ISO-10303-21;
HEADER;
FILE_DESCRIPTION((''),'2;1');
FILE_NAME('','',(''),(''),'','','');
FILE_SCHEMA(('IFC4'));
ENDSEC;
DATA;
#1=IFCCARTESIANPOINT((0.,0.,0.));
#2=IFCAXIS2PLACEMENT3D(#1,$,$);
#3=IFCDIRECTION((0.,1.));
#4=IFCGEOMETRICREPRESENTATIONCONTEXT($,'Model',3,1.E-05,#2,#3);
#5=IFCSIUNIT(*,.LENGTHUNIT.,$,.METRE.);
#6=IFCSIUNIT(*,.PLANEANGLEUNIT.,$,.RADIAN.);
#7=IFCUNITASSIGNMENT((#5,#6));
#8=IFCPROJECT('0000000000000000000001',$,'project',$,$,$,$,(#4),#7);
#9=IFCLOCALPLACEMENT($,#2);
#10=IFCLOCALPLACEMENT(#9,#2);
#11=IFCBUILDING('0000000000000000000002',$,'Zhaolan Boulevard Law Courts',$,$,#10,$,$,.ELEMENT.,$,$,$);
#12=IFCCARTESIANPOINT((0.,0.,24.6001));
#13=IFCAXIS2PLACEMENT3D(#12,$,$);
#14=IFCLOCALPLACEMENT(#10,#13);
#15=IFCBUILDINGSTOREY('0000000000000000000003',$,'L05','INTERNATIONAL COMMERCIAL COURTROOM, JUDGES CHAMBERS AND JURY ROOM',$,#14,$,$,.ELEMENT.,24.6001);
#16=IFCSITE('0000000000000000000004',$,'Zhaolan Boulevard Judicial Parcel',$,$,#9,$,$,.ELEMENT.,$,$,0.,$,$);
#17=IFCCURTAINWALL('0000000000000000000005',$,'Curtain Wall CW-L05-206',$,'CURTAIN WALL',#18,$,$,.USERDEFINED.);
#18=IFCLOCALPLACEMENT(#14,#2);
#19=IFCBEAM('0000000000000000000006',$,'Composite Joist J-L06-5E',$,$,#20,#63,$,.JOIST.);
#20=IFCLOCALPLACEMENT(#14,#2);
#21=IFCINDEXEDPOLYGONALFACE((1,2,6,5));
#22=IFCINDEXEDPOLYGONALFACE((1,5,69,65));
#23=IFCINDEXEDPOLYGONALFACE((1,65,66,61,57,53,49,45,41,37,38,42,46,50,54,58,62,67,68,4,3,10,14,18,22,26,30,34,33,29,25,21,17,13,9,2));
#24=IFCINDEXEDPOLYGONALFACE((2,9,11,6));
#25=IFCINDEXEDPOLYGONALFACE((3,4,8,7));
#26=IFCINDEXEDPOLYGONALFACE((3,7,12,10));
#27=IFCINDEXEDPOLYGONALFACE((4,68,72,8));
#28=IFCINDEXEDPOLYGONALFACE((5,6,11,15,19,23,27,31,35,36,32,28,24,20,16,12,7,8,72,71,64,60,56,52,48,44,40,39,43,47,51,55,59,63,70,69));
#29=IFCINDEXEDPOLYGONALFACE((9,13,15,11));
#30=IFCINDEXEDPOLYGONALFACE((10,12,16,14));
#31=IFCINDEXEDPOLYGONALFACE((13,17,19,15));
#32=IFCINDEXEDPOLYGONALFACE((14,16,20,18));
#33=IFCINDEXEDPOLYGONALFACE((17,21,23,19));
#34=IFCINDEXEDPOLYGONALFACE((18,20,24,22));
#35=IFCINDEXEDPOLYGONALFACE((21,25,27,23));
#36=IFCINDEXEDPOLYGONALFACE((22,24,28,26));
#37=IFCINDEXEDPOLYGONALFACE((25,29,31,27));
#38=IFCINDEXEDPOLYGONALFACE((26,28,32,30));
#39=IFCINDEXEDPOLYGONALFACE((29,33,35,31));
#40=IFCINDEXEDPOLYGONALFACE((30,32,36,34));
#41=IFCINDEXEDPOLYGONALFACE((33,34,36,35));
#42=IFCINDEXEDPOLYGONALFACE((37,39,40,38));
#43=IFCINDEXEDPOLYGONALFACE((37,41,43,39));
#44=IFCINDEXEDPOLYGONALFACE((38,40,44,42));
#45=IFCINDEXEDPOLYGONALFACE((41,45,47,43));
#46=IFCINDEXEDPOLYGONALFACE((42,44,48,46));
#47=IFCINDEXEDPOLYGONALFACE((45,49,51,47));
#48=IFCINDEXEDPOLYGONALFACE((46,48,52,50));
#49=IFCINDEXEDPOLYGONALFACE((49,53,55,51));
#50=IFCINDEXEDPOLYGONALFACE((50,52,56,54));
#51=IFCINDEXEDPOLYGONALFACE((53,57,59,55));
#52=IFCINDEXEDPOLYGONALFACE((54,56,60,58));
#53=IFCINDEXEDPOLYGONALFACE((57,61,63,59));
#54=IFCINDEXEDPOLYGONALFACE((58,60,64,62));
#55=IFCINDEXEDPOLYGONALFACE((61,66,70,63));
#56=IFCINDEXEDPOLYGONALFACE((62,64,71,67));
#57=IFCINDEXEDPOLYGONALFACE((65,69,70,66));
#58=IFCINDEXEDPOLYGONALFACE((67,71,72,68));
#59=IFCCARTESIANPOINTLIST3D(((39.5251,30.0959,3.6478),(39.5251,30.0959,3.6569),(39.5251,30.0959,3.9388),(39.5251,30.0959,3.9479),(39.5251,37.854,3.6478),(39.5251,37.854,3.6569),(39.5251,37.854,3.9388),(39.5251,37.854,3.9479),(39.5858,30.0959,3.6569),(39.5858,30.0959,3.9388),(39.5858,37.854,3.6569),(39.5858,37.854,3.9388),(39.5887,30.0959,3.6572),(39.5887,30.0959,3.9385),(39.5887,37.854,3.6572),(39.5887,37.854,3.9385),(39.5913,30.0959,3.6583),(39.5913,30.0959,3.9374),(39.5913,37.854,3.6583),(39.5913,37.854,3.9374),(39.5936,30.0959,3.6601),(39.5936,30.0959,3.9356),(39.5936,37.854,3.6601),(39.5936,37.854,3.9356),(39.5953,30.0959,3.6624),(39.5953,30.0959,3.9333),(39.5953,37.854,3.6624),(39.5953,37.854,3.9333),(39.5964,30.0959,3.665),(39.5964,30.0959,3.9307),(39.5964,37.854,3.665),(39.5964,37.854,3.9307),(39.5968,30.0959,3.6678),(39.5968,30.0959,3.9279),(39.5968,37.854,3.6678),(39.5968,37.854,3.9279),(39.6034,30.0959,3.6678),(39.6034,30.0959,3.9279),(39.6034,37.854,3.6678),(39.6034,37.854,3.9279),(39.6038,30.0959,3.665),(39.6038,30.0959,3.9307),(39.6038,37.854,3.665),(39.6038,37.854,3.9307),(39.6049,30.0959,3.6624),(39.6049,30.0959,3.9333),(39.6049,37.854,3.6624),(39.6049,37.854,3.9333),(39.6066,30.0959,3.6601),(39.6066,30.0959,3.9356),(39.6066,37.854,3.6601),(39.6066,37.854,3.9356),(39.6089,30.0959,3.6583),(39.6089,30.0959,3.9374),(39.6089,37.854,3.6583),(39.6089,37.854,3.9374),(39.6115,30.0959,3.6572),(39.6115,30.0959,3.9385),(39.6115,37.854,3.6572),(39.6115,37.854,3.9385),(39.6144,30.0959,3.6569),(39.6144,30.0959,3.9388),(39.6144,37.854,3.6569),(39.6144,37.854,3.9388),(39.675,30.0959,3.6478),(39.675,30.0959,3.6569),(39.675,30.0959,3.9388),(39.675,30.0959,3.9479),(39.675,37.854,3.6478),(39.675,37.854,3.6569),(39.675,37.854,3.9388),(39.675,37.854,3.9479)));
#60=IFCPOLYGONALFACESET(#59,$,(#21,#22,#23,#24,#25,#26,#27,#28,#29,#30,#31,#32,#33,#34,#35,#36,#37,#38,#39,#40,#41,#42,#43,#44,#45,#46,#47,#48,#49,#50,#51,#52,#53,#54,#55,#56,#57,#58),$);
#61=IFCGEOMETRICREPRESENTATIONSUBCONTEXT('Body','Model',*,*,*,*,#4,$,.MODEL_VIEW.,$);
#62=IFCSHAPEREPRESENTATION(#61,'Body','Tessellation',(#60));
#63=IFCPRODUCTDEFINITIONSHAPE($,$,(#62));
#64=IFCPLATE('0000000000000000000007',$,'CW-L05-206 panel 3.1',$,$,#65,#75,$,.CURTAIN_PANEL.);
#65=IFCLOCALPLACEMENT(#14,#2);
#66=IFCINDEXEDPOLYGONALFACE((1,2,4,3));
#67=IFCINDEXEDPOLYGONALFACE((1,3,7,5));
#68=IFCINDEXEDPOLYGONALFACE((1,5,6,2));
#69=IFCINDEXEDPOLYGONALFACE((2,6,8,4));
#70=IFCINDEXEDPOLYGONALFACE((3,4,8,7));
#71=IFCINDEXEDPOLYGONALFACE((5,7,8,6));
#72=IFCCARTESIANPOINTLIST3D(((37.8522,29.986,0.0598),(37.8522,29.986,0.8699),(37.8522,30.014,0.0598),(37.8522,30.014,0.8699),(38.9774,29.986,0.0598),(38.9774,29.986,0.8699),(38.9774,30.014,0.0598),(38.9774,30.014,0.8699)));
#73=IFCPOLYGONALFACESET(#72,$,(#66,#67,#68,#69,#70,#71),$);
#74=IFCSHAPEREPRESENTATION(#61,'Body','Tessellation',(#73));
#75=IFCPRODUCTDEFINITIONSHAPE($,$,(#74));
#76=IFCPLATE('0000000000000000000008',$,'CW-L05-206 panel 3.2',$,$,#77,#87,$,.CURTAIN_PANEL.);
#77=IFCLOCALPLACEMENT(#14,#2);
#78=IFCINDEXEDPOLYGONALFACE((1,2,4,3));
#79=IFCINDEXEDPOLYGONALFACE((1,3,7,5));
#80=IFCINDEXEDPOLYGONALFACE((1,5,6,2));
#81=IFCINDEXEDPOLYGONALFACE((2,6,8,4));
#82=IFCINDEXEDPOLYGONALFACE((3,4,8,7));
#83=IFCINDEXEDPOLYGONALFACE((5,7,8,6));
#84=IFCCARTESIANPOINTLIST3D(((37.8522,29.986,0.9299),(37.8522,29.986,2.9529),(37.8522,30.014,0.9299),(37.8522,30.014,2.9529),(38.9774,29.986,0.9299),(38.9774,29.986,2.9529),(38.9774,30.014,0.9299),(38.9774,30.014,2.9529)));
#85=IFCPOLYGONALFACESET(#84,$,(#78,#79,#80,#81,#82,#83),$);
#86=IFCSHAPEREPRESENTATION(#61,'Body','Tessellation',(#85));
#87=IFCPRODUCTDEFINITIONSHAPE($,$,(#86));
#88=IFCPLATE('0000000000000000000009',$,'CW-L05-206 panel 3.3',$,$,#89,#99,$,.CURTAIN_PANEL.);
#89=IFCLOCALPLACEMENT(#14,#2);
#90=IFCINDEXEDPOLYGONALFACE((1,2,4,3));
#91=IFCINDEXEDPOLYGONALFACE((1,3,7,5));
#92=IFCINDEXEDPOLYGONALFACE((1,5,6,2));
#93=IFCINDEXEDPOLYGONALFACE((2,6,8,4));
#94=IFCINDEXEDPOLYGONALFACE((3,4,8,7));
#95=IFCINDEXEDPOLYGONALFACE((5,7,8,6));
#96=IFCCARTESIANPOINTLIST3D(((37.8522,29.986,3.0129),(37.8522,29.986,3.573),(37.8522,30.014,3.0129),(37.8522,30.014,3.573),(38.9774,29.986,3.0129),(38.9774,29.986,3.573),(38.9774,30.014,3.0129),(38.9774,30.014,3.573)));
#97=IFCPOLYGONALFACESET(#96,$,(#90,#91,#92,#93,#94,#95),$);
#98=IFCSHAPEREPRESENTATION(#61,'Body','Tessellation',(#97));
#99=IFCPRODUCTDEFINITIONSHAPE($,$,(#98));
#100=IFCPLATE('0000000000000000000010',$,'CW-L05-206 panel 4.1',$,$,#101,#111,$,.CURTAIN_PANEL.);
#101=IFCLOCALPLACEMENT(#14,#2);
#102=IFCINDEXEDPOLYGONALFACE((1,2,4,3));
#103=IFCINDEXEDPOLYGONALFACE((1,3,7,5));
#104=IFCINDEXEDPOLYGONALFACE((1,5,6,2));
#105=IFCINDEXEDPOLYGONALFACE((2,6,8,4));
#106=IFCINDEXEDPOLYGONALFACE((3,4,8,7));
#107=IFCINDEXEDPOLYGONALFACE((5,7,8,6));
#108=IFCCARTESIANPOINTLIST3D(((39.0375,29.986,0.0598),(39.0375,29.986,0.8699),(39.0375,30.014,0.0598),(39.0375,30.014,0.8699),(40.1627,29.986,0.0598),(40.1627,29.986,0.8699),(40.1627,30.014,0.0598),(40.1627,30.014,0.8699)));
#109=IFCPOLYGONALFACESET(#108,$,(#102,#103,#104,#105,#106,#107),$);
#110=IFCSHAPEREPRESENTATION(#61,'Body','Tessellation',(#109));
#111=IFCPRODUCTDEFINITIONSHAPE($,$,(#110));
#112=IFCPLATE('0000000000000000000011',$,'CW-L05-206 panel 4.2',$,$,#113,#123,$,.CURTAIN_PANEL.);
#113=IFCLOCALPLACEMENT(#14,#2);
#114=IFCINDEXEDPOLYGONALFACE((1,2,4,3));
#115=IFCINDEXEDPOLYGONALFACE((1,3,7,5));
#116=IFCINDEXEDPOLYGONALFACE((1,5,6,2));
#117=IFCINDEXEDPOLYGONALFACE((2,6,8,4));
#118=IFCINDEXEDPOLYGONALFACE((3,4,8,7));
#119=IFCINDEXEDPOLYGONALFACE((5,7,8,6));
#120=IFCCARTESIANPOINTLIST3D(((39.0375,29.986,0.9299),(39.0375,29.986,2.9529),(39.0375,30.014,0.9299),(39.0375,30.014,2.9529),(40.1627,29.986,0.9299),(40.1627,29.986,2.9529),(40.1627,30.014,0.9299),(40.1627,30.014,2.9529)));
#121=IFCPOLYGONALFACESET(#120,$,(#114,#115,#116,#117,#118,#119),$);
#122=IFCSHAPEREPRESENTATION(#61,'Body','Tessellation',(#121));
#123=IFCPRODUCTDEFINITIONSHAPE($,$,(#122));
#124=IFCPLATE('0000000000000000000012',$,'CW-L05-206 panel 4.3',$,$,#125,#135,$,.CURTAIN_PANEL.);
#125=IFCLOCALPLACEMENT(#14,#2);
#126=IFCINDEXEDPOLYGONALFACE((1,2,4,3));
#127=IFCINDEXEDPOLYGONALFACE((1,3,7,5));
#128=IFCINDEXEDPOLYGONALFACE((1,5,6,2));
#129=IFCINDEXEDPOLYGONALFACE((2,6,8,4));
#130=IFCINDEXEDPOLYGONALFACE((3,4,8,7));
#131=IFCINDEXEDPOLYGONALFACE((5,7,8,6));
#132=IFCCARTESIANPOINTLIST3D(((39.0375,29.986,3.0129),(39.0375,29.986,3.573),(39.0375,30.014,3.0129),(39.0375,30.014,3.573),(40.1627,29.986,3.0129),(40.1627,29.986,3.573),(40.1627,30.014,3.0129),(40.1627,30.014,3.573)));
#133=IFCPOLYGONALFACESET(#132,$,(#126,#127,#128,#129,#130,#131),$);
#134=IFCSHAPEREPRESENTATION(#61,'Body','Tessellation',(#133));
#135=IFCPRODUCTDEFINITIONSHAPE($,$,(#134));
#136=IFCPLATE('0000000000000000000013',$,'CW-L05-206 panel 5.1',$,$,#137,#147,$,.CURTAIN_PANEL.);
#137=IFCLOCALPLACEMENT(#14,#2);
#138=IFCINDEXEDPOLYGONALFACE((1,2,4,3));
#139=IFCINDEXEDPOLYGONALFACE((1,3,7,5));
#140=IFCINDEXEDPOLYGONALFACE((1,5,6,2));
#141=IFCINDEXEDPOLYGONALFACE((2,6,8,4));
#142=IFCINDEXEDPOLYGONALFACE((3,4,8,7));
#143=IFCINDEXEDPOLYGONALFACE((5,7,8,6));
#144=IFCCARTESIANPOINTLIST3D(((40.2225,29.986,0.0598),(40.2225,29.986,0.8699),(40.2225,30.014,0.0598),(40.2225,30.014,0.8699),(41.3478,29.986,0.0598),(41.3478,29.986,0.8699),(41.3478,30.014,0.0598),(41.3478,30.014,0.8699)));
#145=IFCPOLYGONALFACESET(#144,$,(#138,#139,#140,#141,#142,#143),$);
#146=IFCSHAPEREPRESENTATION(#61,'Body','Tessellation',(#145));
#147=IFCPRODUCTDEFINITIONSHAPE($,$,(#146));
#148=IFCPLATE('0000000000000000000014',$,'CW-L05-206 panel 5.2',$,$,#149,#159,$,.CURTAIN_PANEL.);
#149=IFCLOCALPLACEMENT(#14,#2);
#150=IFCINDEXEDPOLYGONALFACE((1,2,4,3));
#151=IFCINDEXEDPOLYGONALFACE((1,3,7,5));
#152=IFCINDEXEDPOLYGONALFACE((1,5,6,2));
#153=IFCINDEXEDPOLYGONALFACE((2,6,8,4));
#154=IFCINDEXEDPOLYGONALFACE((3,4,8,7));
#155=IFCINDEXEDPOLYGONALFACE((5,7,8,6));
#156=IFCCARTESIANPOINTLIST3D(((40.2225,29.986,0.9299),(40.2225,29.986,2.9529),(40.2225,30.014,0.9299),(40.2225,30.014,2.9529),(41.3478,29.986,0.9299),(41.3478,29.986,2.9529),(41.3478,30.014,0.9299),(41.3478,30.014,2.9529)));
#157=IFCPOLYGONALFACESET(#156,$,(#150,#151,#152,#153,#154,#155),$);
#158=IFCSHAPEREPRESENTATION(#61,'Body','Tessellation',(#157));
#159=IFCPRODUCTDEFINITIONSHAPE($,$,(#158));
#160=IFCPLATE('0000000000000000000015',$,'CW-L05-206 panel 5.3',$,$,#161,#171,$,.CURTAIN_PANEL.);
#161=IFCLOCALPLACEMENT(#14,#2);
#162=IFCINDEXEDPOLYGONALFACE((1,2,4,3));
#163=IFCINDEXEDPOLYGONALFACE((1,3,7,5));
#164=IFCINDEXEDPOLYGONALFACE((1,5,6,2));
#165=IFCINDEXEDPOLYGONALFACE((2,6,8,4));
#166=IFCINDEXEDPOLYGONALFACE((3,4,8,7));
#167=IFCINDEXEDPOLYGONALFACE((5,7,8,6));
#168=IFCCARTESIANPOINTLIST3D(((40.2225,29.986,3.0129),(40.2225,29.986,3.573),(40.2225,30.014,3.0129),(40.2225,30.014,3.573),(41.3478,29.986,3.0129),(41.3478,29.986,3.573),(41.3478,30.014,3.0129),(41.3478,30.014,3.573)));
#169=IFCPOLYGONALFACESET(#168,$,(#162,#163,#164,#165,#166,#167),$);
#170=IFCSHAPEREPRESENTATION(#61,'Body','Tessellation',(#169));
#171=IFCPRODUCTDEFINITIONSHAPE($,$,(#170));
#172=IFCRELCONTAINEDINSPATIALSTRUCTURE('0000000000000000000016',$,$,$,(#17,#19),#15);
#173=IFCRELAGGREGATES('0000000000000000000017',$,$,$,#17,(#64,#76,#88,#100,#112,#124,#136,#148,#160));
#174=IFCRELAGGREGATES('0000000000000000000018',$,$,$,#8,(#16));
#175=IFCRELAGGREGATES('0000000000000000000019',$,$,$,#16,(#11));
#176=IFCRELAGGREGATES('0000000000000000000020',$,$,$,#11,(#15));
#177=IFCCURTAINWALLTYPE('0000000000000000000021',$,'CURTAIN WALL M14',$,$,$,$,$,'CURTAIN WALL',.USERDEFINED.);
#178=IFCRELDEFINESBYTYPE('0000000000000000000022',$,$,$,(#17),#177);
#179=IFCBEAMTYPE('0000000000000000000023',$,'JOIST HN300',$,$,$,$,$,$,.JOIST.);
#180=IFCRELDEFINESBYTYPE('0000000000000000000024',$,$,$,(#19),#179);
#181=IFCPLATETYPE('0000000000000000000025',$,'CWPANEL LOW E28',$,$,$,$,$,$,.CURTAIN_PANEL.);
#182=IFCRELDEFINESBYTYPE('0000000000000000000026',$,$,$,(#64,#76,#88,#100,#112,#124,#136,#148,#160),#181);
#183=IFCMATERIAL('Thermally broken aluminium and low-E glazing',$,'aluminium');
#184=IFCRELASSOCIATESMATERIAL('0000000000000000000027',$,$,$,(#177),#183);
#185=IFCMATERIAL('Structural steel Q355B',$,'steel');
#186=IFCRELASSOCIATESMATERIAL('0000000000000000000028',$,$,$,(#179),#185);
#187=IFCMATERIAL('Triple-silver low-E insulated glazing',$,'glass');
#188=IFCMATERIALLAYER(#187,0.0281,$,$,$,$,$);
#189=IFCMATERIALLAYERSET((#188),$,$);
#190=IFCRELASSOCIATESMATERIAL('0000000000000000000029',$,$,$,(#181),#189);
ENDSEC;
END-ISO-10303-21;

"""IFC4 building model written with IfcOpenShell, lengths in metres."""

from ifc_helpers import new_model, si_unit, direction, frame, origin, origin_2d, place, context, subcontext, project, spatial, rectangle, i_section, extrude, material, layer, layer_set, material_profile, profile_set, type_object, element, aggregate, save


model = new_model("IFC4")

# Units and contexts
model_context = context("Model", 3, precision=1e-05, world=origin(), true_north=direction((0.0, 1.0)))
body_context = subcontext(model_context, "Body", "Model", "MODEL_VIEW")
ifc_project = project(units=[si_unit("LENGTHUNIT", "METRE"), si_unit("PLANEANGLEUNIT", "RADIAN")], contexts=[model_context])

# Site, building, storey
site_placement = place(None, origin())
site = spatial("IfcSite", under=ifc_project, at=site_placement, Name="Zhaolan Boulevard Judicial Parcel", CompositionType="ELEMENT", RefElevation=0.0)
building_placement = place(site_placement, origin())
building = spatial("IfcBuilding", under=site, at=building_placement, Name="Zhaolan Boulevard Law Courts", CompositionType="ELEMENT")
storey_placement = place(building_placement, frame((0.0, 0.0, 24.6001)))
storey = spatial("IfcBuildingStorey", under=building, at=storey_placement, Name="L05", Description="INTERNATIONAL COMMERCIAL COURTROOM, JUDGES CHAMBERS AND JURY ROOM", CompositionType="ELEMENT", Elevation=24.6001)

# Curtain wall
ifc_material_1 = material(Name="Thermally broken aluminium and low-E glazing", Category="aluminium")
curtain_wall_type = type_object("IfcCurtainWallType", Name="CURTAIN WALL M14", ElementType="CURTAIN WALL", PredefinedType="USERDEFINED", material=ifc_material_1)
curtain_wall_placement = place(storey_placement, origin())
curtain_wall = element("IfcCurtainWall", 1, at=curtain_wall_placement, inside=storey, type_object=curtain_wall_type, Name="Curtain Wall CW-L05-206", ObjectType="CURTAIN WALL", PredefinedType="USERDEFINED")

# Beam
ifc_material_2 = material(Name="Structural steel Q355B", Category="steel")
ifc_material_profile_1 = material_profile(ifc_material_2, i_section(OverallWidth=0.1499, OverallDepth=0.3, WebThickness=0.0066, FlangeThickness=0.009, FilletRadius=0.011, at=origin_2d()), Name="HN300x150")
ifc_profile_set_1 = profile_set([ifc_material_profile_1], Name="Structural steel Q355B")
beam_type = type_object("IfcBeamType", Name="JOIST HN300", PredefinedType="JOIST", material=ifc_profile_set_1)
beam_placement = place(storey_placement, frame((39.6001, 30.0959, 3.7979), z_axis=(0.0, 1.0, 0.0), x_axis=(-1.0, 0.0, 0.0)))
element("IfcBeam", 2, at=beam_placement, inside=storey, type_object=beam_type, Name="Composite Joist J-L06-5E", PredefinedType="JOIST", context=body_context, shape_type="SweptSolid", body=[
    extrude(i_section(OverallWidth=0.1499, OverallDepth=0.3, WebThickness=0.0066, FlangeThickness=0.009, FilletRadius=0.011, at=origin_2d()), origin(), (0.0, 0.0, 1.0), 7.7581),
])

# Plates
ifc_material_3 = material(Name="Triple-silver low-E insulated glazing", Category="glass")
ifc_layer = layer(ifc_material_3, 0.0281)
ifc_layer_set = layer_set([ifc_layer])
plate_type = type_object("IfcPlateType", Name="CWPANEL LOW E28", PredefinedType="CURTAIN_PANEL", material=ifc_layer_set)
plate_1_placement = place(storey_placement, frame((38.4148, 30.0, 0.0598), z_axis=(0.0, 0.0, 1.0), x_axis=(1.0, 0.0, 0.0)))
plate_1 = element("IfcPlate", 3, at=plate_1_placement, type_object=plate_type, Name="CW-L05-206 panel 3.1", PredefinedType="CURTAIN_PANEL", context=body_context, shape_type="SweptSolid", body=[
    extrude(rectangle(XDim=1.1252, YDim=0.0281, at=origin_2d()), origin(), (0.0, 0.0, 1.0), 0.8101),
])
plate_2_placement = place(storey_placement, frame((38.4148, 30.0, 0.9299), z_axis=(0.0, 0.0, 1.0), x_axis=(1.0, 0.0, 0.0)))
plate_2 = element("IfcPlate", 4, at=plate_2_placement, type_object=plate_type, Name="CW-L05-206 panel 3.2", PredefinedType="CURTAIN_PANEL", context=body_context, shape_type="SweptSolid", body=[
    extrude(rectangle(XDim=1.1252, YDim=0.0281, at=origin_2d()), origin(), (0.0, 0.0, 1.0), 2.0229),
])
plate_3_placement = place(storey_placement, frame((38.4148, 30.0, 3.0129), z_axis=(0.0, 0.0, 1.0), x_axis=(1.0, 0.0, 0.0)))
plate_3 = element("IfcPlate", 5, at=plate_3_placement, type_object=plate_type, Name="CW-L05-206 panel 3.3", PredefinedType="CURTAIN_PANEL", context=body_context, shape_type="SweptSolid", body=[
    extrude(rectangle(XDim=1.1252, YDim=0.0281, at=origin_2d()), origin(), (0.0, 0.0, 1.0), 0.5601),
])
plate_4_placement = place(storey_placement, frame((39.6001, 30.0, 0.0598), z_axis=(0.0, 0.0, 1.0), x_axis=(1.0, 0.0, 0.0)))
plate_4 = element("IfcPlate", 6, at=plate_4_placement, type_object=plate_type, Name="CW-L05-206 panel 4.1", PredefinedType="CURTAIN_PANEL", context=body_context, shape_type="SweptSolid", body=[
    extrude(rectangle(XDim=1.1252, YDim=0.0281, at=origin_2d()), origin(), (0.0, 0.0, 1.0), 0.8101),
])
plate_5_placement = place(storey_placement, frame((39.6001, 30.0, 0.9299), z_axis=(0.0, 0.0, 1.0), x_axis=(1.0, 0.0, 0.0)))
plate_5 = element("IfcPlate", 7, at=plate_5_placement, type_object=plate_type, Name="CW-L05-206 panel 4.2", PredefinedType="CURTAIN_PANEL", context=body_context, shape_type="SweptSolid", body=[
    extrude(rectangle(XDim=1.1252, YDim=0.0281, at=origin_2d()), origin(), (0.0, 0.0, 1.0), 2.0229),
])
plate_6_placement = place(storey_placement, frame((39.6001, 30.0, 3.0129), z_axis=(0.0, 0.0, 1.0), x_axis=(1.0, 0.0, 0.0)))
plate_6 = element("IfcPlate", 8, at=plate_6_placement, type_object=plate_type, Name="CW-L05-206 panel 4.3", PredefinedType="CURTAIN_PANEL", context=body_context, shape_type="SweptSolid", body=[
    extrude(rectangle(XDim=1.1252, YDim=0.0281, at=origin_2d()), origin(), (0.0, 0.0, 1.0), 0.5601),
])
plate_7_placement = place(storey_placement, frame((40.7852, 30.0, 0.0598), z_axis=(0.0, 0.0, 1.0), x_axis=(1.0, 0.0, 0.0)))
plate_7 = element("IfcPlate", 9, at=plate_7_placement, type_object=plate_type, Name="CW-L05-206 panel 5.1", PredefinedType="CURTAIN_PANEL", context=body_context, shape_type="SweptSolid", body=[
    extrude(rectangle(XDim=1.1252, YDim=0.0281, at=origin_2d()), origin(), (0.0, 0.0, 1.0), 0.8101),
])
plate_8_placement = place(storey_placement, frame((40.7852, 30.0, 0.9299), z_axis=(0.0, 0.0, 1.0), x_axis=(1.0, 0.0, 0.0)))
plate_8 = element("IfcPlate", 10, at=plate_8_placement, type_object=plate_type, Name="CW-L05-206 panel 5.2", PredefinedType="CURTAIN_PANEL", context=body_context, shape_type="SweptSolid", body=[
    extrude(rectangle(XDim=1.1252, YDim=0.0281, at=origin_2d()), origin(), (0.0, 0.0, 1.0), 2.0229),
])
plate_9_placement = place(storey_placement, frame((40.7852, 30.0, 3.0129), z_axis=(0.0, 0.0, 1.0), x_axis=(1.0, 0.0, 0.0)))
plate_9 = element("IfcPlate", 11, at=plate_9_placement, type_object=plate_type, Name="CW-L05-206 panel 5.3", PredefinedType="CURTAIN_PANEL", context=body_context, shape_type="SweptSolid", body=[
    extrude(rectangle(XDim=1.1252, YDim=0.0281, at=origin_2d()), origin(), (0.0, 0.0, 1.0), 0.5601),
])
aggregate(curtain_wall, [plate_1, plate_2, plate_3, plate_4, plate_5, plate_6, plate_7, plate_8, plate_9])

save(model, "model.ifc")
